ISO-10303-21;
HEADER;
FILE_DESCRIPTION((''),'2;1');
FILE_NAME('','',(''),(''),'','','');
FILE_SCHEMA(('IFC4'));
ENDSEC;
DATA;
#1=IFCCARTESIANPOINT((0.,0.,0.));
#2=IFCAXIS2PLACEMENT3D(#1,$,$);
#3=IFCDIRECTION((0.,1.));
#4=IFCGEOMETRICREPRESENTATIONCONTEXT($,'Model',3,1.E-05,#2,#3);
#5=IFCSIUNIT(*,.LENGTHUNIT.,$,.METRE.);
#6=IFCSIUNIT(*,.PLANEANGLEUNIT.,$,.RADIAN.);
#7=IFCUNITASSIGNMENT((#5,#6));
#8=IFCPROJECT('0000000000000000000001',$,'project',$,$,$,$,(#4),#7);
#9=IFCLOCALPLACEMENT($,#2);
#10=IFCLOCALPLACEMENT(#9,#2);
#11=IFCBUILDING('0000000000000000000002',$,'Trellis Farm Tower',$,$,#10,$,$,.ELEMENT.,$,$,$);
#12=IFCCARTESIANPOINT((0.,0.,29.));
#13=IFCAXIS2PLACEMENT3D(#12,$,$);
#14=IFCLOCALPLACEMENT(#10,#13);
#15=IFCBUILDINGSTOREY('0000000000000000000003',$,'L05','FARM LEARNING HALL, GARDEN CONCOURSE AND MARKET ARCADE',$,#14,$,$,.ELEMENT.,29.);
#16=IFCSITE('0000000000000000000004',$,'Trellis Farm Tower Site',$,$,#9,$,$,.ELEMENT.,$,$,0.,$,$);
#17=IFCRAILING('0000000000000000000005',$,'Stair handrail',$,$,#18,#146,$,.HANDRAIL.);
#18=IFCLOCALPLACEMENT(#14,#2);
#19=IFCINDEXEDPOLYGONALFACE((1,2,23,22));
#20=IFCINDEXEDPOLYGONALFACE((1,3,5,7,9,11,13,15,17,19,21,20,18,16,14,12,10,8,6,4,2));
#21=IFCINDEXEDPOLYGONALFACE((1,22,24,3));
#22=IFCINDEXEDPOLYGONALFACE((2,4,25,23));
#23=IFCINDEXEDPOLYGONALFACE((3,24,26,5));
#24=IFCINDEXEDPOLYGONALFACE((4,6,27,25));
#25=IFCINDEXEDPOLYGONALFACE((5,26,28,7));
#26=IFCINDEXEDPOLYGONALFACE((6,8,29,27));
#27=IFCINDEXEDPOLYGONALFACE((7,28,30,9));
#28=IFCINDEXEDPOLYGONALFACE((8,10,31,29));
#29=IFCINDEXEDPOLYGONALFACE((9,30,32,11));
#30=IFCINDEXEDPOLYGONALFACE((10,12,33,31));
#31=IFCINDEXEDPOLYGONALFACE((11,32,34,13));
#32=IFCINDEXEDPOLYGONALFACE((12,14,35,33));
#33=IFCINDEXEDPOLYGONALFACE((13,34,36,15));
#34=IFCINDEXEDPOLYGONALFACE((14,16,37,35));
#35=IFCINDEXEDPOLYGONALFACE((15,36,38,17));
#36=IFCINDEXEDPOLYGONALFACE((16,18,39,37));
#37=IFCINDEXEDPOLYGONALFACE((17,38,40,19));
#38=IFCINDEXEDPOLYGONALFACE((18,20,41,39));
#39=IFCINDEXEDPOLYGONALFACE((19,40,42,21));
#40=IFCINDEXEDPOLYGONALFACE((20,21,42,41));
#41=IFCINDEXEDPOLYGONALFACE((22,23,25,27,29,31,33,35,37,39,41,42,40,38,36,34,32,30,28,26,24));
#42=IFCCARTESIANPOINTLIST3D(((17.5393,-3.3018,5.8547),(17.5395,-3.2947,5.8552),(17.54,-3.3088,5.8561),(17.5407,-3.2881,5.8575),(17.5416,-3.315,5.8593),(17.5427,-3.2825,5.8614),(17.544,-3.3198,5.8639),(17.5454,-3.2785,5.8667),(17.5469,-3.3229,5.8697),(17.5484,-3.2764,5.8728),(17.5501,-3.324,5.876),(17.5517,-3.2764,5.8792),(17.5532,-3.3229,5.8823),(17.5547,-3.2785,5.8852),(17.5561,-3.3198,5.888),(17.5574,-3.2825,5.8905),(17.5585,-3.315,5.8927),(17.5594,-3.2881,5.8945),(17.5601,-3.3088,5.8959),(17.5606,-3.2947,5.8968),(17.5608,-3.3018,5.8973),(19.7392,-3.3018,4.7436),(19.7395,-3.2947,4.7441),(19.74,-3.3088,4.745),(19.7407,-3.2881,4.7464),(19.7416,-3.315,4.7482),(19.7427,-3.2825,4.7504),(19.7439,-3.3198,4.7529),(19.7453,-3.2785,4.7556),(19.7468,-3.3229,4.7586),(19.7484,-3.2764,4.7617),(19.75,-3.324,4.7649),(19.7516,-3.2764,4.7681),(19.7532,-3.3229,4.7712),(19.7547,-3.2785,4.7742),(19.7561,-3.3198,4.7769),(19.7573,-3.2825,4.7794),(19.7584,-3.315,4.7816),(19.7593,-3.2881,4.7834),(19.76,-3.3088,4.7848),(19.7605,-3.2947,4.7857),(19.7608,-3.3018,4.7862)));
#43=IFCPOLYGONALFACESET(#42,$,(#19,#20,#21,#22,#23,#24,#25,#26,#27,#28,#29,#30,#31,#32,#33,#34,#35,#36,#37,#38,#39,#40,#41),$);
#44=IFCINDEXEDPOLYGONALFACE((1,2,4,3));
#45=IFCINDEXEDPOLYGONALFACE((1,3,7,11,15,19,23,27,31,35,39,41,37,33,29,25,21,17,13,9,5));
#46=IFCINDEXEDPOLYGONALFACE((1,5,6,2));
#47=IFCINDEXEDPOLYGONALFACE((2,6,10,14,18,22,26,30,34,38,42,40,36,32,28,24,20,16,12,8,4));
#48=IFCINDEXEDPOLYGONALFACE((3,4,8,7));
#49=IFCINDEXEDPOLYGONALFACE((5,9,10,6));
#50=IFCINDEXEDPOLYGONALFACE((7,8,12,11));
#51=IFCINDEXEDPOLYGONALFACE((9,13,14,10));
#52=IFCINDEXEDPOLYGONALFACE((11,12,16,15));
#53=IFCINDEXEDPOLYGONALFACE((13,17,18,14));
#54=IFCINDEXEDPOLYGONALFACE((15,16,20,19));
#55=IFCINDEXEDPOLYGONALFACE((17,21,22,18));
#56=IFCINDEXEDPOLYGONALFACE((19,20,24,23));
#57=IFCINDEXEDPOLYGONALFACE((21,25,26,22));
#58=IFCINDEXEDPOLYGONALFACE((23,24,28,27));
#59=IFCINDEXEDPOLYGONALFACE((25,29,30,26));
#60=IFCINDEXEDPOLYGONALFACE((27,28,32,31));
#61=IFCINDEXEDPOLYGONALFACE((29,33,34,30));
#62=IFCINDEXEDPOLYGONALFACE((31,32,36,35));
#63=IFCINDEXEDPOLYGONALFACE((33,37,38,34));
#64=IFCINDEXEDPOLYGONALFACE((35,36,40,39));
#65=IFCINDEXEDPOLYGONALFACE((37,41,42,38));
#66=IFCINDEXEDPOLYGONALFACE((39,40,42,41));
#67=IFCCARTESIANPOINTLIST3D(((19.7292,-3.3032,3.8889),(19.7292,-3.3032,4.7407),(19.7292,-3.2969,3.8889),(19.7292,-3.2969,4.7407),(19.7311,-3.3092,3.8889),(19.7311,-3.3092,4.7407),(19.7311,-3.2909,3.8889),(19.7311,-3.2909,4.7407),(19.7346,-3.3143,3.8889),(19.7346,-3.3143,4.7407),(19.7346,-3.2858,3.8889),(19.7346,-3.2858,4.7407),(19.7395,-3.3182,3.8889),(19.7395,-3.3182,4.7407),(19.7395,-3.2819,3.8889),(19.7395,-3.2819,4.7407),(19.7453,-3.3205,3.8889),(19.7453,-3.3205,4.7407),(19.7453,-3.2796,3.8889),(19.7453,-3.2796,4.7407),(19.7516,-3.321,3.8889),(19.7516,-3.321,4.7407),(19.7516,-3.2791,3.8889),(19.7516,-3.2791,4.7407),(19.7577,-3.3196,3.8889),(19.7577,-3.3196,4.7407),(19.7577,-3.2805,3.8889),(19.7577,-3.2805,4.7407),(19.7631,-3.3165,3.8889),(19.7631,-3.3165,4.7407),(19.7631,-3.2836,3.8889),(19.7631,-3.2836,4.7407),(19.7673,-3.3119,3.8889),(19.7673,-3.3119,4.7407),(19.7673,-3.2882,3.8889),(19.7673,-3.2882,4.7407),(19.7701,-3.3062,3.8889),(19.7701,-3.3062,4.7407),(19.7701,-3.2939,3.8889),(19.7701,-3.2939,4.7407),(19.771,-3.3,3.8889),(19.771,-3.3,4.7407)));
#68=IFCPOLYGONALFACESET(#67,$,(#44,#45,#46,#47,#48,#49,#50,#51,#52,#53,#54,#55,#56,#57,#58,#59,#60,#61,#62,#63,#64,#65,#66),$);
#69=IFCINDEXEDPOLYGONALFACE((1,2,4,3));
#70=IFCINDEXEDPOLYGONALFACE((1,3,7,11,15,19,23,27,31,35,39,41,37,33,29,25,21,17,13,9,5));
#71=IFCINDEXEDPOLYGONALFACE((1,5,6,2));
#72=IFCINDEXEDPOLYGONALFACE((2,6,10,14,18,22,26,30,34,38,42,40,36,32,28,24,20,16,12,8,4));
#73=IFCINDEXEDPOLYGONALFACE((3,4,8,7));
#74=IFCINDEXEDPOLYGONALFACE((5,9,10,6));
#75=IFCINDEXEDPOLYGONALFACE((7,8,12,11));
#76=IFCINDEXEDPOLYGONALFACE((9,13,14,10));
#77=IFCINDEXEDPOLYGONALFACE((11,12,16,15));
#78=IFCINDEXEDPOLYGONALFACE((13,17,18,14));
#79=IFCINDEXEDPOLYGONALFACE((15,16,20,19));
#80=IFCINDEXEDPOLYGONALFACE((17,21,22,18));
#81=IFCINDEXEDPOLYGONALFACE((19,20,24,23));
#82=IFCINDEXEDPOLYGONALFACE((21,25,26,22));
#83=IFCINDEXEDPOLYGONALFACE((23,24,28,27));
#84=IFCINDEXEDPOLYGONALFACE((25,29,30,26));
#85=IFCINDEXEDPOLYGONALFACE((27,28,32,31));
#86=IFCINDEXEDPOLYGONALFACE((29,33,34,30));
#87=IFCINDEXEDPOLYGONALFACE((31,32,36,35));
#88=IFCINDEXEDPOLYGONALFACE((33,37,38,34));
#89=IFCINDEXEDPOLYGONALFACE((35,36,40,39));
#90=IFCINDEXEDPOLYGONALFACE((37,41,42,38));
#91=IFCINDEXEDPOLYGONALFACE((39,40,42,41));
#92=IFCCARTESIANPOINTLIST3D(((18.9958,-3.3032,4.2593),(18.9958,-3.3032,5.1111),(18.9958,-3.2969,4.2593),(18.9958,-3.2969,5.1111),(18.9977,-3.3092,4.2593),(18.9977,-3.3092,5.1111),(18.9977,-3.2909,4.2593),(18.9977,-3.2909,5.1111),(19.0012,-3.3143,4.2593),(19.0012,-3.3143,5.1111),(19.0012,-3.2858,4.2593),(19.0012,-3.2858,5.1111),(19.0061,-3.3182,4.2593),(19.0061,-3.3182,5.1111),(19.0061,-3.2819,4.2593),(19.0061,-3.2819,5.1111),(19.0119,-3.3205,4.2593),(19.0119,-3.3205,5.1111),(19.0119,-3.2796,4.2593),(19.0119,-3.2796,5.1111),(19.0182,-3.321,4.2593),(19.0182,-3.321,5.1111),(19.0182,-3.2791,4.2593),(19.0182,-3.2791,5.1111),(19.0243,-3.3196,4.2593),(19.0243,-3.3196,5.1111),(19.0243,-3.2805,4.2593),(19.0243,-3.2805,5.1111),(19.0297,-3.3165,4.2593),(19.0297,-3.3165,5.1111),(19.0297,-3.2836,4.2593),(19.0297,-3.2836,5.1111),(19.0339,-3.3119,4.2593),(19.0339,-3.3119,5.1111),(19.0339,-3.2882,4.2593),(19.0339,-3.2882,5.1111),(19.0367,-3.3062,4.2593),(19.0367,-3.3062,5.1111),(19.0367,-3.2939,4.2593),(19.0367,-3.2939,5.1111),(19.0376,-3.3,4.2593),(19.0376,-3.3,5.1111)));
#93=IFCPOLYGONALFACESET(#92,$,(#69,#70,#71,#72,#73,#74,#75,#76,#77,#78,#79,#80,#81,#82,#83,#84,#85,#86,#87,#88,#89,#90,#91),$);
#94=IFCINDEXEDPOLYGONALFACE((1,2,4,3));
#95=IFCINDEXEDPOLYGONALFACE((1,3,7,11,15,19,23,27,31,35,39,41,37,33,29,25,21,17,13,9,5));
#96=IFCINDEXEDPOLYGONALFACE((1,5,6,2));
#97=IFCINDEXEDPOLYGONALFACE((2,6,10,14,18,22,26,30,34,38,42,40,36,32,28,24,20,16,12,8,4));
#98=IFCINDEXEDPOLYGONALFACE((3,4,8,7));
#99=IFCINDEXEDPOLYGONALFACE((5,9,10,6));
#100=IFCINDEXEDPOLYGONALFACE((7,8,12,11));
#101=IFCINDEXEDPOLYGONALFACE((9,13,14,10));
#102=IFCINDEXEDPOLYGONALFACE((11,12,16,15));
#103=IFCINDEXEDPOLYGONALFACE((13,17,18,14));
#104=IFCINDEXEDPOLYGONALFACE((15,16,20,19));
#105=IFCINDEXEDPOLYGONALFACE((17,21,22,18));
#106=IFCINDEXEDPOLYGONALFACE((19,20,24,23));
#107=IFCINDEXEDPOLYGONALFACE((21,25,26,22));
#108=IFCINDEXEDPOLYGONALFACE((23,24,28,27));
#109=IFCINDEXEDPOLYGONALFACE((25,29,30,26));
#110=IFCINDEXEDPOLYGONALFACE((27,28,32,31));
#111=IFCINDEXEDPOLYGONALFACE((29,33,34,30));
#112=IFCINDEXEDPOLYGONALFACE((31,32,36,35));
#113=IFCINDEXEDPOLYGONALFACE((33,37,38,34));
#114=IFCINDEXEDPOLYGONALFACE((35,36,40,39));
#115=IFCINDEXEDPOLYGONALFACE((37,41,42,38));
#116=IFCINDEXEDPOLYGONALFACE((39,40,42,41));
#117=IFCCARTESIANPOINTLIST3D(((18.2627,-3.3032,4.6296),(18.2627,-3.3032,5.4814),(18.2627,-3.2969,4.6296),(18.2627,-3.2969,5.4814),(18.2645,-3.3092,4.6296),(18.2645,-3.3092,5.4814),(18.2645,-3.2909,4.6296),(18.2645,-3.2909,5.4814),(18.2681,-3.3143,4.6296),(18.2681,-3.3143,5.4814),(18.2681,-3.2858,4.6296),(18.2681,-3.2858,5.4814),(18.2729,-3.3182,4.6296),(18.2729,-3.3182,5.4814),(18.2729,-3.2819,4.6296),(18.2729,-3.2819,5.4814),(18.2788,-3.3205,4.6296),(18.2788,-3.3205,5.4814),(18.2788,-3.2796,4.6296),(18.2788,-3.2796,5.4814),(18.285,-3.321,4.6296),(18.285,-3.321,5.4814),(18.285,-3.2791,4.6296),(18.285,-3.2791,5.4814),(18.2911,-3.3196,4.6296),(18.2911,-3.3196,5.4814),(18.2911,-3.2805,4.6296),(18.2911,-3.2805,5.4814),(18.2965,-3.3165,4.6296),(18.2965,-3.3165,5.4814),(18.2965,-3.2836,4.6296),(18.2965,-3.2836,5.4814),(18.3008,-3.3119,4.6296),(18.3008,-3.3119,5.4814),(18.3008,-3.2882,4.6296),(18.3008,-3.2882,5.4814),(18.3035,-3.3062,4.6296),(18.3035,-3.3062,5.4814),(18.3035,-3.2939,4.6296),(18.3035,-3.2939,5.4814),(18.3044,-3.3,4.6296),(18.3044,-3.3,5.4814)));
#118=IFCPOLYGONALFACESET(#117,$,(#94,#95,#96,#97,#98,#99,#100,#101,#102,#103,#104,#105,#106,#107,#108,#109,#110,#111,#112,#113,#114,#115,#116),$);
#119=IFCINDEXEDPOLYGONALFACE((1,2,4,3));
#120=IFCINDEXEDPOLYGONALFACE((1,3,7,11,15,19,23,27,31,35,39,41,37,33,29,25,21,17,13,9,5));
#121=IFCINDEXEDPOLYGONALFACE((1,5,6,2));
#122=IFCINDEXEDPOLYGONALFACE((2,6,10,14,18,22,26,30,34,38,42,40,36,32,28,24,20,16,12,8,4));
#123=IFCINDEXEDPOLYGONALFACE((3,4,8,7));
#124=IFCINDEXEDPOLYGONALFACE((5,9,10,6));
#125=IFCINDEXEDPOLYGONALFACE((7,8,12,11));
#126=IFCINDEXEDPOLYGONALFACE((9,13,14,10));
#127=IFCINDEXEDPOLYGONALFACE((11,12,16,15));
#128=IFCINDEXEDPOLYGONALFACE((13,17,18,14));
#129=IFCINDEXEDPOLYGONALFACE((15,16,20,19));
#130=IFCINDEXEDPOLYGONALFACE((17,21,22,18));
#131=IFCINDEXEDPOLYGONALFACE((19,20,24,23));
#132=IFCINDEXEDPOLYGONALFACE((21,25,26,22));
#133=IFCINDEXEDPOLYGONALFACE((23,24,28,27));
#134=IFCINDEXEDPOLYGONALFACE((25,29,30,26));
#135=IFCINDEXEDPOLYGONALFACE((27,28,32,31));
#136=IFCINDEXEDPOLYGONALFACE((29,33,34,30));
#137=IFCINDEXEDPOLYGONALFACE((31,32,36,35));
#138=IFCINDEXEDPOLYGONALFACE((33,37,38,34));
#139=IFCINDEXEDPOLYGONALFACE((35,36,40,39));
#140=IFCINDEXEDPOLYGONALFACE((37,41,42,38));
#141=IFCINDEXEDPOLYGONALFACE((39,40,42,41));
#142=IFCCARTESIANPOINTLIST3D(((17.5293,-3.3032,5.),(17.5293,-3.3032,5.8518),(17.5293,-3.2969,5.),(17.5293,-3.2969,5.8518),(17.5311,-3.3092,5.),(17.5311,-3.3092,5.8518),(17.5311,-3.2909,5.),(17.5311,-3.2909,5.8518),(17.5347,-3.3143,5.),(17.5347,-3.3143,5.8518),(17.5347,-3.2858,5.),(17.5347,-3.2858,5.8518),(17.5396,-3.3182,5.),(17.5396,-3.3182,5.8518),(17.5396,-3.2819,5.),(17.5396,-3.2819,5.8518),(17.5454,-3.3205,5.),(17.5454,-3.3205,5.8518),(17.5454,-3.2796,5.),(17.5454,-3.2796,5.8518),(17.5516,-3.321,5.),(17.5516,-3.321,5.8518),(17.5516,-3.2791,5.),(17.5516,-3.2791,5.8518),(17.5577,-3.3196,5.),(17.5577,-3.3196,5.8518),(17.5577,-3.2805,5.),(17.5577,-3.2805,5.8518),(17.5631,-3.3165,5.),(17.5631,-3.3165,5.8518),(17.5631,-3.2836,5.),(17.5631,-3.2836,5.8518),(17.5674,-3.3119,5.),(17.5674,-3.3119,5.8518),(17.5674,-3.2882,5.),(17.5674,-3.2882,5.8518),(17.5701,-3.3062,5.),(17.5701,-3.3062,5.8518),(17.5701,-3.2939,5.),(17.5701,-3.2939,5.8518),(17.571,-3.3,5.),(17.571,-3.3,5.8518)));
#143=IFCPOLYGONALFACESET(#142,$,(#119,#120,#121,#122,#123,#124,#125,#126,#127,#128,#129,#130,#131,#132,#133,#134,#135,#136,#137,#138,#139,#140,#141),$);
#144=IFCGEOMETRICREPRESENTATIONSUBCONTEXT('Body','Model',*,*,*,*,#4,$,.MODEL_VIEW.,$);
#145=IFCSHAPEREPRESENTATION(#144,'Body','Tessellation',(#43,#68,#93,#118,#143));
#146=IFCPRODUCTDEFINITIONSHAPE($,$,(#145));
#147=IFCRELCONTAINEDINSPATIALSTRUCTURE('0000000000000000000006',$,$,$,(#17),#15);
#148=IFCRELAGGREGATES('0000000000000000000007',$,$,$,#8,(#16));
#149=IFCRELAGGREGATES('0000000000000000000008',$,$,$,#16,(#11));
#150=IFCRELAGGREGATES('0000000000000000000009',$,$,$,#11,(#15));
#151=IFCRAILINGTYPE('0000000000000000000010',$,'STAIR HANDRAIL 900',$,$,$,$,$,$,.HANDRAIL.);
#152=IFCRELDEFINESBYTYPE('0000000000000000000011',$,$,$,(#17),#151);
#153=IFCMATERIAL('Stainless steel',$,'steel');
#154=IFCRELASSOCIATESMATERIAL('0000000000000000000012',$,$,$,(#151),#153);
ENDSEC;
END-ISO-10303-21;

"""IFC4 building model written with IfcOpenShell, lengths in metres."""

from ifc_helpers import new_model, si_unit, direction, frame, origin, origin_2d, place, context, subcontext, project, spatial, circle, extrude, source, transform, mapped, material, type_object, element, save


model = new_model("IFC4")

# Units and contexts
model_context = context("Model", 3, precision=1e-05, world=origin(), true_north=direction((0.0, 1.0)))
body_context = subcontext(model_context, "Body", "Model", "MODEL_VIEW")
ifc_project = project(units=[si_unit("LENGTHUNIT", "METRE"), si_unit("PLANEANGLEUNIT", "RADIAN")], contexts=[model_context])

# Site, building, storey
site_placement = place(None, origin())
site = spatial("IfcSite", under=ifc_project, at=site_placement, Name="Trellis Farm Tower Site", CompositionType="ELEMENT", RefElevation=0.0)
building_placement = place(site_placement, origin())
building = spatial("IfcBuilding", under=site, at=building_placement, Name="Trellis Farm Tower", CompositionType="ELEMENT")
storey_placement = place(building_placement, frame((0.0, 0.0, 29.0)))
storey = spatial("IfcBuildingStorey", under=building, at=storey_placement, Name="L05", Description="FARM LEARNING HALL, GARDEN CONCOURSE AND MARKET ARCADE", CompositionType="ELEMENT", Elevation=29.0)

# Railing
ifc_material_1 = material(Name="Stainless steel", Category="steel")
railing_type = type_object("IfcRailingType", Name="STAIR HANDRAIL 900", PredefinedType="HANDRAIL", material=ifc_material_1)
shared_shape_1 = source(origin(), body_context, "Body", "SweptSolid", [
    extrude(circle(Radius=0.0239, at=origin_2d()), frame((0.0, 0.0, 0.876), z_axis=(-0.892617, 0.0, 0.450816), x_axis=(0.0, -1.0, 0.0)), (0.0, 0.0, 1.0), 2.4646),
    extrude(circle(Radius=0.021, at=origin_2d()), origin(), (0.0, 0.0, 1.0), 0.8518),
    extrude(circle(Radius=0.021, at=origin_2d()), frame((-0.7334, 0.0, 0.3704)), (0.0, 0.0, 1.0), 0.8518),
    extrude(circle(Radius=0.021, at=origin_2d()), frame((-1.4666, 0.0, 0.7407)), (0.0, 0.0, 1.0), 0.8518),
    extrude(circle(Radius=0.021, at=origin_2d()), frame((-2.2, 0.0, 1.1111)), (0.0, 0.0, 1.0), 0.8518),
])
for number, where, name in (
    (1, (19.75, -3.3, 3.8889), "Stair handrail"),
):
    element("IfcRailing", number, at=place(storey_placement, frame(where)), inside=storey, type_object=railing_type, Name=name, PredefinedType="HANDRAIL", context=body_context, shape_type="MappedRepresentation", body=[
        mapped(shared_shape_1, transform((0.0, 0.0, 0.0))),
    ])

save(model, "model.ifc")
